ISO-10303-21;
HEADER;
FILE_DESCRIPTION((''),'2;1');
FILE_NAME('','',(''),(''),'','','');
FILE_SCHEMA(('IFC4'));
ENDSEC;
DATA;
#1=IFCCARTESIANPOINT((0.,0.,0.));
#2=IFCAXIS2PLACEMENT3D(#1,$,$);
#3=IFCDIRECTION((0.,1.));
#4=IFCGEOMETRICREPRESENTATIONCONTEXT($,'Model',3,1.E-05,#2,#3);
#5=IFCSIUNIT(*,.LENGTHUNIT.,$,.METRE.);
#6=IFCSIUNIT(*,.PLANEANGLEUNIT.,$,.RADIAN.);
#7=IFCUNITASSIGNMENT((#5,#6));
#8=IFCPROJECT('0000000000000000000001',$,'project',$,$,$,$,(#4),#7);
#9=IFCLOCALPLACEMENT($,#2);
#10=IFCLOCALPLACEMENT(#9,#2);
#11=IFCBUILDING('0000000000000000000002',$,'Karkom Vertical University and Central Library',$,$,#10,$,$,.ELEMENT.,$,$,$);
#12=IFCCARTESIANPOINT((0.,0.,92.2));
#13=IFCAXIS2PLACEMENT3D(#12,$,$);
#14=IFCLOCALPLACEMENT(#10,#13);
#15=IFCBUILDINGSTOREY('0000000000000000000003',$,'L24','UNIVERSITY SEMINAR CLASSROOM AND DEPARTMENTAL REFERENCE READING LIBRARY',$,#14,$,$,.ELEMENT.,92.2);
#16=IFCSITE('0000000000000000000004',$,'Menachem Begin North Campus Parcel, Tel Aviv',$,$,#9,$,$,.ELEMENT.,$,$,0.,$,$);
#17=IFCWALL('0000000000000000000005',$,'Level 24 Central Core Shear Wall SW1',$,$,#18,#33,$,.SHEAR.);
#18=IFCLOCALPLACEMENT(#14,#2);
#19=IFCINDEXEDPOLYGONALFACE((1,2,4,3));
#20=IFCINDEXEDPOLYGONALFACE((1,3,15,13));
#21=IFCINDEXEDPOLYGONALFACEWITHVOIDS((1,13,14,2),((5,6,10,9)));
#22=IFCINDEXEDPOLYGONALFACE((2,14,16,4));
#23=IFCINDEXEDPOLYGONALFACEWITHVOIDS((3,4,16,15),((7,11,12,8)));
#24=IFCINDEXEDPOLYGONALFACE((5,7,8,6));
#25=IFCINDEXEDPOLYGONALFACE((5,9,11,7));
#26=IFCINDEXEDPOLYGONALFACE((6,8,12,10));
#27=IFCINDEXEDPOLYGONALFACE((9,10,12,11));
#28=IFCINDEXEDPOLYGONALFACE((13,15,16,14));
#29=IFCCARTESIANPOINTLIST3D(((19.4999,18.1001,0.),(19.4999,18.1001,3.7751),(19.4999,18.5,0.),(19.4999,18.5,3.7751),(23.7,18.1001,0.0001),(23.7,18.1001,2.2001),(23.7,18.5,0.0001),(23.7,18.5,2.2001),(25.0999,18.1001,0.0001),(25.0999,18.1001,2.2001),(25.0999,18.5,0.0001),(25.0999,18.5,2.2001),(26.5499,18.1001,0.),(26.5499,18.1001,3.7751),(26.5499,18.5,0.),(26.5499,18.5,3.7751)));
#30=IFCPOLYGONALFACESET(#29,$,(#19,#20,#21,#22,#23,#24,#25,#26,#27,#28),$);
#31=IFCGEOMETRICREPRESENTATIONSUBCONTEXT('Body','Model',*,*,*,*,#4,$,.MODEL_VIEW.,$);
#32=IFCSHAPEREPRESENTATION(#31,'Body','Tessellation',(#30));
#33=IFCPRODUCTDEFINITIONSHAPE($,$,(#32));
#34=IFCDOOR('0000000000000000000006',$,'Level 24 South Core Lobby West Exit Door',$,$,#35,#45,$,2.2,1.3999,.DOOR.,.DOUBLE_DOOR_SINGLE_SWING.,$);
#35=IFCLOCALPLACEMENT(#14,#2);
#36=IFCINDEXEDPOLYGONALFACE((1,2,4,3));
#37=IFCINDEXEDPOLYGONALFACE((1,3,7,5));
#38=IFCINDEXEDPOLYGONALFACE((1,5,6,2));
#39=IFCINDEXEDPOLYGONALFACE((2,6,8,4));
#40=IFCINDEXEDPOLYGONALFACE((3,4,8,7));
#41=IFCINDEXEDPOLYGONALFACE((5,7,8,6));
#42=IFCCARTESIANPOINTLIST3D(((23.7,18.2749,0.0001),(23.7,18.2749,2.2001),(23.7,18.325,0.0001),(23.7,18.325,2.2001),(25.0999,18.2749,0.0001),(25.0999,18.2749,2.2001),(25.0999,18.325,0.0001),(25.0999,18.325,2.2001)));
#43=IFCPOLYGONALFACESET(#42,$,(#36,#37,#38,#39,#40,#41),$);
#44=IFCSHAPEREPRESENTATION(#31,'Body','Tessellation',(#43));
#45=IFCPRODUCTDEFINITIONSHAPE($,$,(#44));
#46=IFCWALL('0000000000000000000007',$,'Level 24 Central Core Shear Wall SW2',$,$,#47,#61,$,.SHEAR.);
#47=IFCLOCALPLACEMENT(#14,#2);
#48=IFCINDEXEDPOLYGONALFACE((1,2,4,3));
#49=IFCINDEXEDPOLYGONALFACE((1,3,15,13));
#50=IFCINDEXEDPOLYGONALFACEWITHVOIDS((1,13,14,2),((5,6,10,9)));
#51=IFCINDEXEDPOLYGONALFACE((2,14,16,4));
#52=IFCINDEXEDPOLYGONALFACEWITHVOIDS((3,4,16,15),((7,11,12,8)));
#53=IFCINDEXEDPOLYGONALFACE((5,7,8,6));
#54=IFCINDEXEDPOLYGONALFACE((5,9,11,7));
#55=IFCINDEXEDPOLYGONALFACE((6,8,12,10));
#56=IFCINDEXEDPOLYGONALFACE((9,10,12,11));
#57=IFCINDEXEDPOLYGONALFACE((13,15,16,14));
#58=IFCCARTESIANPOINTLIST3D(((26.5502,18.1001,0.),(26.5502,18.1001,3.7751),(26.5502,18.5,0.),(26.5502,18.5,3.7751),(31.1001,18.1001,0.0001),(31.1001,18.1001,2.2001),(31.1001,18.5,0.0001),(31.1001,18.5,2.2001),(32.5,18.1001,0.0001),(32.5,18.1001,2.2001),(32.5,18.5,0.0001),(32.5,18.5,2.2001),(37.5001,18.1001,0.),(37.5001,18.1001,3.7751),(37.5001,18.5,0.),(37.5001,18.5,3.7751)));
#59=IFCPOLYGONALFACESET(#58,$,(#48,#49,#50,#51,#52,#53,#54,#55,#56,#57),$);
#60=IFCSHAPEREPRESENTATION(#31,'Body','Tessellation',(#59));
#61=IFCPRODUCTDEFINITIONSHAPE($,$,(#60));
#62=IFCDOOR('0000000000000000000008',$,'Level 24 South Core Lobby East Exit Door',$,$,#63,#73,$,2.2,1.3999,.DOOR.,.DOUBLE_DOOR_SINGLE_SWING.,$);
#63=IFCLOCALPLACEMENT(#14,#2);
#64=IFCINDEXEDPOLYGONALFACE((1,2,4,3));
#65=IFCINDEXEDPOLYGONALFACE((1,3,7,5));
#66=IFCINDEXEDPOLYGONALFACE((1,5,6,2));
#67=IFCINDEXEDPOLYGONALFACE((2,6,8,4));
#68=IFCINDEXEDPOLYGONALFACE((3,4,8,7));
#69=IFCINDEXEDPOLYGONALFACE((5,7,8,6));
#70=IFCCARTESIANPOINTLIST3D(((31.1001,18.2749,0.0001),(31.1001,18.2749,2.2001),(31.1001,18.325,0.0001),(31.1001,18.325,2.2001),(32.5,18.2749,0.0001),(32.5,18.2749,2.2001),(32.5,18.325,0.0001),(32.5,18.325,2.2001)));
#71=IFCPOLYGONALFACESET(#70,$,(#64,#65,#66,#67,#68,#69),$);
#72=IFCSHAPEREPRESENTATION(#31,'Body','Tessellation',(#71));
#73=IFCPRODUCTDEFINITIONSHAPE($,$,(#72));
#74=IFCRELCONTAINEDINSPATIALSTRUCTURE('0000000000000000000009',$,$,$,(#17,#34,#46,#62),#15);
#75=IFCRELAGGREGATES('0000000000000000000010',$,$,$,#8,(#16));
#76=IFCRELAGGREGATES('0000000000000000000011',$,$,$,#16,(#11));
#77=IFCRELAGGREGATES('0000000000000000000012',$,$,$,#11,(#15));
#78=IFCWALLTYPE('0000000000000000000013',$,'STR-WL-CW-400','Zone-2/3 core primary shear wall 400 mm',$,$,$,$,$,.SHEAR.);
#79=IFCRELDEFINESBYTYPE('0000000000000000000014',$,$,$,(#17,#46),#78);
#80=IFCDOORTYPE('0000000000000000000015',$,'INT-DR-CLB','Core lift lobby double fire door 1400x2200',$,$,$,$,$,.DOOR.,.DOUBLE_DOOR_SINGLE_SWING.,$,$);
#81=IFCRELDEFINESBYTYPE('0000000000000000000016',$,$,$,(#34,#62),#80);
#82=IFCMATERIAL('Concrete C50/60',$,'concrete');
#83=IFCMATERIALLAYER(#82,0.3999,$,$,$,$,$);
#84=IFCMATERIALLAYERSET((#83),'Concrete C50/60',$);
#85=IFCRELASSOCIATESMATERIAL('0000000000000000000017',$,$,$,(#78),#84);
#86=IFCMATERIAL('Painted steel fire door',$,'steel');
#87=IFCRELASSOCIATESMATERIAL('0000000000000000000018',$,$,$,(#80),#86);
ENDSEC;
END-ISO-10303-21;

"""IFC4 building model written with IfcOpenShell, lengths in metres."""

from ifc_helpers import new_model, si_unit, direction, frame, frame_2d, origin, origin_with_axes, place, context, subcontext, project, spatial, rectangle, extrude, source, transform, mapped, material, layer, layer_set, type_object, element, fill, save


model = new_model("IFC4")

# Units and contexts
model_context = context("Model", 3, precision=1e-05, world=origin(), true_north=direction((0.0, 1.0)))
body_context = subcontext(model_context, "Body", "Model", "MODEL_VIEW")
ifc_project = project(units=[si_unit("LENGTHUNIT", "METRE"), si_unit("PLANEANGLEUNIT", "RADIAN")], contexts=[model_context])

# Site, building, storey
site_placement = place(None, origin())
site = spatial("IfcSite", under=ifc_project, at=site_placement, Name="Menachem Begin North Campus Parcel, Tel Aviv", CompositionType="ELEMENT", RefElevation=0.0)
building_placement = place(site_placement, origin())
building = spatial("IfcBuilding", under=site, at=building_placement, Name="Karkom Vertical University and Central Library", CompositionType="ELEMENT")
storey_placement = place(building_placement, frame((0.0, 0.0, 92.2)))
storey = spatial("IfcBuildingStorey", under=building, at=storey_placement, Name="L24", Description="UNIVERSITY SEMINAR CLASSROOM AND DEPARTMENTAL REFERENCE READING LIBRARY", CompositionType="ELEMENT", Elevation=92.2)

# Shared definitions
ifc_material_1 = material(Name="Concrete C50/60", Category="concrete")

# Walls, openings, doors
ifc_layer_1 = layer(ifc_material_1, 0.3999)
ifc_layer_set_1 = layer_set([ifc_layer_1], Name="Concrete C50/60")
wall_type_1 = type_object("IfcWallType", Name="STR-WL-CW-400", Description="Zone-2/3 core primary shear wall 400 mm", PredefinedType="SHEAR", material=ifc_layer_set_1)
wall_1_placement = place(storey_placement, frame((19.5, 18.3, 0.0), z_axis=(0.0, 0.0, 1.0), x_axis=(1.0, 0.0, 0.0)))
wall_1 = element("IfcWall", 1, at=wall_1_placement, inside=storey, type_object=wall_type_1, Name="Level 24 Central Core Shear Wall SW1", PredefinedType="SHEAR", context=body_context, shape_type="SweptSolid", body=[
    extrude(rectangle(XDim=7.05, YDim=0.3999, at=frame_2d((3.5249, 0.0))), origin(), (0.0, 0.0, 1.0), 3.7751),
])
opening_1_placement = place(wall_1_placement, frame((4.2, 0.0, 0.0)))
opening_1 = element("IfcOpeningElement", 2, at=opening_1_placement, cuts=wall_1, PredefinedType="OPENING", context=body_context, shape_type="SweptSolid", body=[
    extrude(rectangle(XDim=1.3999, YDim=2.2, at=frame_2d((0.7, 1.1001))), frame((0.0, 0.21, 0.0), z_axis=(0.0, -1.0, 0.0), x_axis=(1.0, 0.0, 0.0)), (0.0, 0.0, 1.0), 0.4199),
])
ifc_material_2 = material(Name="Painted steel fire door", Category="steel")
door_type_1 = type_object("IfcDoorType", Name="INT-DR-CLB", Description="Core lift lobby double fire door 1400x2200", OperationType="DOUBLE_DOOR_SINGLE_SWING", PredefinedType="DOOR", material=ifc_material_2)
shared_shape_1 = source(origin_with_axes(), body_context, "Body", "SweptSolid", [
    extrude(rectangle(XDim=1.3999, YDim=2.2, at=frame_2d((0.7, 1.1001))), frame((0.0, 0.0249, 0.0), z_axis=(0.0, -1.0, 0.0), x_axis=(1.0, 0.0, 0.0)), (0.0, 0.0, 1.0), 0.05),
])
door_1_placement = place(opening_1_placement, origin())
door_1 = element("IfcDoor", 3, at=door_1_placement, inside=storey, type_object=door_type_1, Name="Level 24 South Core Lobby West Exit Door", OperationType="DOUBLE_DOOR_SINGLE_SWING", OverallHeight=2.2, OverallWidth=1.3999, PredefinedType="DOOR", context=body_context, shape_type="MappedRepresentation", body=[
    mapped(shared_shape_1, transform((0.0, 0.0, 0.0), scale=1.0)),
])
fill(opening_1, door_1)
wall_2_placement = place(storey_placement, frame((26.55, 18.3, 0.0), z_axis=(0.0, 0.0, 1.0), x_axis=(1.0, 0.0, 0.0)))
wall_2 = element("IfcWall", 4, at=wall_2_placement, inside=storey, type_object=wall_type_1, Name="Level 24 Central Core Shear Wall SW2", PredefinedType="SHEAR", context=body_context, shape_type="SweptSolid", body=[
    extrude(rectangle(XDim=10.95, YDim=0.3999, at=frame_2d((5.4751, 0.0))), origin(), (0.0, 0.0, 1.0), 3.7751),
])
opening_2_placement = place(wall_2_placement, frame((4.55, 0.0, 0.0)))
opening_2 = element("IfcOpeningElement", 5, at=opening_2_placement, cuts=wall_2, PredefinedType="OPENING", context=body_context, shape_type="SweptSolid", body=[
    extrude(rectangle(XDim=1.3999, YDim=2.2, at=frame_2d((0.7, 1.1001))), frame((0.0, 0.21, 0.0), z_axis=(0.0, -1.0, 0.0), x_axis=(1.0, 0.0, 0.0)), (0.0, 0.0, 1.0), 0.4199),
])
door_2_placement = place(opening_2_placement, origin())
door_2 = element("IfcDoor", 6, at=door_2_placement, inside=storey, type_object=door_type_1, Name="Level 24 South Core Lobby East Exit Door", OperationType="DOUBLE_DOOR_SINGLE_SWING", OverallHeight=2.2, OverallWidth=1.3999, PredefinedType="DOOR", context=body_context, shape_type="MappedRepresentation", body=[
    mapped(shared_shape_1, transform((0.0, 0.0, 0.0), scale=1.0)),
])
fill(opening_2, door_2)

save(model, "model.ifc")
